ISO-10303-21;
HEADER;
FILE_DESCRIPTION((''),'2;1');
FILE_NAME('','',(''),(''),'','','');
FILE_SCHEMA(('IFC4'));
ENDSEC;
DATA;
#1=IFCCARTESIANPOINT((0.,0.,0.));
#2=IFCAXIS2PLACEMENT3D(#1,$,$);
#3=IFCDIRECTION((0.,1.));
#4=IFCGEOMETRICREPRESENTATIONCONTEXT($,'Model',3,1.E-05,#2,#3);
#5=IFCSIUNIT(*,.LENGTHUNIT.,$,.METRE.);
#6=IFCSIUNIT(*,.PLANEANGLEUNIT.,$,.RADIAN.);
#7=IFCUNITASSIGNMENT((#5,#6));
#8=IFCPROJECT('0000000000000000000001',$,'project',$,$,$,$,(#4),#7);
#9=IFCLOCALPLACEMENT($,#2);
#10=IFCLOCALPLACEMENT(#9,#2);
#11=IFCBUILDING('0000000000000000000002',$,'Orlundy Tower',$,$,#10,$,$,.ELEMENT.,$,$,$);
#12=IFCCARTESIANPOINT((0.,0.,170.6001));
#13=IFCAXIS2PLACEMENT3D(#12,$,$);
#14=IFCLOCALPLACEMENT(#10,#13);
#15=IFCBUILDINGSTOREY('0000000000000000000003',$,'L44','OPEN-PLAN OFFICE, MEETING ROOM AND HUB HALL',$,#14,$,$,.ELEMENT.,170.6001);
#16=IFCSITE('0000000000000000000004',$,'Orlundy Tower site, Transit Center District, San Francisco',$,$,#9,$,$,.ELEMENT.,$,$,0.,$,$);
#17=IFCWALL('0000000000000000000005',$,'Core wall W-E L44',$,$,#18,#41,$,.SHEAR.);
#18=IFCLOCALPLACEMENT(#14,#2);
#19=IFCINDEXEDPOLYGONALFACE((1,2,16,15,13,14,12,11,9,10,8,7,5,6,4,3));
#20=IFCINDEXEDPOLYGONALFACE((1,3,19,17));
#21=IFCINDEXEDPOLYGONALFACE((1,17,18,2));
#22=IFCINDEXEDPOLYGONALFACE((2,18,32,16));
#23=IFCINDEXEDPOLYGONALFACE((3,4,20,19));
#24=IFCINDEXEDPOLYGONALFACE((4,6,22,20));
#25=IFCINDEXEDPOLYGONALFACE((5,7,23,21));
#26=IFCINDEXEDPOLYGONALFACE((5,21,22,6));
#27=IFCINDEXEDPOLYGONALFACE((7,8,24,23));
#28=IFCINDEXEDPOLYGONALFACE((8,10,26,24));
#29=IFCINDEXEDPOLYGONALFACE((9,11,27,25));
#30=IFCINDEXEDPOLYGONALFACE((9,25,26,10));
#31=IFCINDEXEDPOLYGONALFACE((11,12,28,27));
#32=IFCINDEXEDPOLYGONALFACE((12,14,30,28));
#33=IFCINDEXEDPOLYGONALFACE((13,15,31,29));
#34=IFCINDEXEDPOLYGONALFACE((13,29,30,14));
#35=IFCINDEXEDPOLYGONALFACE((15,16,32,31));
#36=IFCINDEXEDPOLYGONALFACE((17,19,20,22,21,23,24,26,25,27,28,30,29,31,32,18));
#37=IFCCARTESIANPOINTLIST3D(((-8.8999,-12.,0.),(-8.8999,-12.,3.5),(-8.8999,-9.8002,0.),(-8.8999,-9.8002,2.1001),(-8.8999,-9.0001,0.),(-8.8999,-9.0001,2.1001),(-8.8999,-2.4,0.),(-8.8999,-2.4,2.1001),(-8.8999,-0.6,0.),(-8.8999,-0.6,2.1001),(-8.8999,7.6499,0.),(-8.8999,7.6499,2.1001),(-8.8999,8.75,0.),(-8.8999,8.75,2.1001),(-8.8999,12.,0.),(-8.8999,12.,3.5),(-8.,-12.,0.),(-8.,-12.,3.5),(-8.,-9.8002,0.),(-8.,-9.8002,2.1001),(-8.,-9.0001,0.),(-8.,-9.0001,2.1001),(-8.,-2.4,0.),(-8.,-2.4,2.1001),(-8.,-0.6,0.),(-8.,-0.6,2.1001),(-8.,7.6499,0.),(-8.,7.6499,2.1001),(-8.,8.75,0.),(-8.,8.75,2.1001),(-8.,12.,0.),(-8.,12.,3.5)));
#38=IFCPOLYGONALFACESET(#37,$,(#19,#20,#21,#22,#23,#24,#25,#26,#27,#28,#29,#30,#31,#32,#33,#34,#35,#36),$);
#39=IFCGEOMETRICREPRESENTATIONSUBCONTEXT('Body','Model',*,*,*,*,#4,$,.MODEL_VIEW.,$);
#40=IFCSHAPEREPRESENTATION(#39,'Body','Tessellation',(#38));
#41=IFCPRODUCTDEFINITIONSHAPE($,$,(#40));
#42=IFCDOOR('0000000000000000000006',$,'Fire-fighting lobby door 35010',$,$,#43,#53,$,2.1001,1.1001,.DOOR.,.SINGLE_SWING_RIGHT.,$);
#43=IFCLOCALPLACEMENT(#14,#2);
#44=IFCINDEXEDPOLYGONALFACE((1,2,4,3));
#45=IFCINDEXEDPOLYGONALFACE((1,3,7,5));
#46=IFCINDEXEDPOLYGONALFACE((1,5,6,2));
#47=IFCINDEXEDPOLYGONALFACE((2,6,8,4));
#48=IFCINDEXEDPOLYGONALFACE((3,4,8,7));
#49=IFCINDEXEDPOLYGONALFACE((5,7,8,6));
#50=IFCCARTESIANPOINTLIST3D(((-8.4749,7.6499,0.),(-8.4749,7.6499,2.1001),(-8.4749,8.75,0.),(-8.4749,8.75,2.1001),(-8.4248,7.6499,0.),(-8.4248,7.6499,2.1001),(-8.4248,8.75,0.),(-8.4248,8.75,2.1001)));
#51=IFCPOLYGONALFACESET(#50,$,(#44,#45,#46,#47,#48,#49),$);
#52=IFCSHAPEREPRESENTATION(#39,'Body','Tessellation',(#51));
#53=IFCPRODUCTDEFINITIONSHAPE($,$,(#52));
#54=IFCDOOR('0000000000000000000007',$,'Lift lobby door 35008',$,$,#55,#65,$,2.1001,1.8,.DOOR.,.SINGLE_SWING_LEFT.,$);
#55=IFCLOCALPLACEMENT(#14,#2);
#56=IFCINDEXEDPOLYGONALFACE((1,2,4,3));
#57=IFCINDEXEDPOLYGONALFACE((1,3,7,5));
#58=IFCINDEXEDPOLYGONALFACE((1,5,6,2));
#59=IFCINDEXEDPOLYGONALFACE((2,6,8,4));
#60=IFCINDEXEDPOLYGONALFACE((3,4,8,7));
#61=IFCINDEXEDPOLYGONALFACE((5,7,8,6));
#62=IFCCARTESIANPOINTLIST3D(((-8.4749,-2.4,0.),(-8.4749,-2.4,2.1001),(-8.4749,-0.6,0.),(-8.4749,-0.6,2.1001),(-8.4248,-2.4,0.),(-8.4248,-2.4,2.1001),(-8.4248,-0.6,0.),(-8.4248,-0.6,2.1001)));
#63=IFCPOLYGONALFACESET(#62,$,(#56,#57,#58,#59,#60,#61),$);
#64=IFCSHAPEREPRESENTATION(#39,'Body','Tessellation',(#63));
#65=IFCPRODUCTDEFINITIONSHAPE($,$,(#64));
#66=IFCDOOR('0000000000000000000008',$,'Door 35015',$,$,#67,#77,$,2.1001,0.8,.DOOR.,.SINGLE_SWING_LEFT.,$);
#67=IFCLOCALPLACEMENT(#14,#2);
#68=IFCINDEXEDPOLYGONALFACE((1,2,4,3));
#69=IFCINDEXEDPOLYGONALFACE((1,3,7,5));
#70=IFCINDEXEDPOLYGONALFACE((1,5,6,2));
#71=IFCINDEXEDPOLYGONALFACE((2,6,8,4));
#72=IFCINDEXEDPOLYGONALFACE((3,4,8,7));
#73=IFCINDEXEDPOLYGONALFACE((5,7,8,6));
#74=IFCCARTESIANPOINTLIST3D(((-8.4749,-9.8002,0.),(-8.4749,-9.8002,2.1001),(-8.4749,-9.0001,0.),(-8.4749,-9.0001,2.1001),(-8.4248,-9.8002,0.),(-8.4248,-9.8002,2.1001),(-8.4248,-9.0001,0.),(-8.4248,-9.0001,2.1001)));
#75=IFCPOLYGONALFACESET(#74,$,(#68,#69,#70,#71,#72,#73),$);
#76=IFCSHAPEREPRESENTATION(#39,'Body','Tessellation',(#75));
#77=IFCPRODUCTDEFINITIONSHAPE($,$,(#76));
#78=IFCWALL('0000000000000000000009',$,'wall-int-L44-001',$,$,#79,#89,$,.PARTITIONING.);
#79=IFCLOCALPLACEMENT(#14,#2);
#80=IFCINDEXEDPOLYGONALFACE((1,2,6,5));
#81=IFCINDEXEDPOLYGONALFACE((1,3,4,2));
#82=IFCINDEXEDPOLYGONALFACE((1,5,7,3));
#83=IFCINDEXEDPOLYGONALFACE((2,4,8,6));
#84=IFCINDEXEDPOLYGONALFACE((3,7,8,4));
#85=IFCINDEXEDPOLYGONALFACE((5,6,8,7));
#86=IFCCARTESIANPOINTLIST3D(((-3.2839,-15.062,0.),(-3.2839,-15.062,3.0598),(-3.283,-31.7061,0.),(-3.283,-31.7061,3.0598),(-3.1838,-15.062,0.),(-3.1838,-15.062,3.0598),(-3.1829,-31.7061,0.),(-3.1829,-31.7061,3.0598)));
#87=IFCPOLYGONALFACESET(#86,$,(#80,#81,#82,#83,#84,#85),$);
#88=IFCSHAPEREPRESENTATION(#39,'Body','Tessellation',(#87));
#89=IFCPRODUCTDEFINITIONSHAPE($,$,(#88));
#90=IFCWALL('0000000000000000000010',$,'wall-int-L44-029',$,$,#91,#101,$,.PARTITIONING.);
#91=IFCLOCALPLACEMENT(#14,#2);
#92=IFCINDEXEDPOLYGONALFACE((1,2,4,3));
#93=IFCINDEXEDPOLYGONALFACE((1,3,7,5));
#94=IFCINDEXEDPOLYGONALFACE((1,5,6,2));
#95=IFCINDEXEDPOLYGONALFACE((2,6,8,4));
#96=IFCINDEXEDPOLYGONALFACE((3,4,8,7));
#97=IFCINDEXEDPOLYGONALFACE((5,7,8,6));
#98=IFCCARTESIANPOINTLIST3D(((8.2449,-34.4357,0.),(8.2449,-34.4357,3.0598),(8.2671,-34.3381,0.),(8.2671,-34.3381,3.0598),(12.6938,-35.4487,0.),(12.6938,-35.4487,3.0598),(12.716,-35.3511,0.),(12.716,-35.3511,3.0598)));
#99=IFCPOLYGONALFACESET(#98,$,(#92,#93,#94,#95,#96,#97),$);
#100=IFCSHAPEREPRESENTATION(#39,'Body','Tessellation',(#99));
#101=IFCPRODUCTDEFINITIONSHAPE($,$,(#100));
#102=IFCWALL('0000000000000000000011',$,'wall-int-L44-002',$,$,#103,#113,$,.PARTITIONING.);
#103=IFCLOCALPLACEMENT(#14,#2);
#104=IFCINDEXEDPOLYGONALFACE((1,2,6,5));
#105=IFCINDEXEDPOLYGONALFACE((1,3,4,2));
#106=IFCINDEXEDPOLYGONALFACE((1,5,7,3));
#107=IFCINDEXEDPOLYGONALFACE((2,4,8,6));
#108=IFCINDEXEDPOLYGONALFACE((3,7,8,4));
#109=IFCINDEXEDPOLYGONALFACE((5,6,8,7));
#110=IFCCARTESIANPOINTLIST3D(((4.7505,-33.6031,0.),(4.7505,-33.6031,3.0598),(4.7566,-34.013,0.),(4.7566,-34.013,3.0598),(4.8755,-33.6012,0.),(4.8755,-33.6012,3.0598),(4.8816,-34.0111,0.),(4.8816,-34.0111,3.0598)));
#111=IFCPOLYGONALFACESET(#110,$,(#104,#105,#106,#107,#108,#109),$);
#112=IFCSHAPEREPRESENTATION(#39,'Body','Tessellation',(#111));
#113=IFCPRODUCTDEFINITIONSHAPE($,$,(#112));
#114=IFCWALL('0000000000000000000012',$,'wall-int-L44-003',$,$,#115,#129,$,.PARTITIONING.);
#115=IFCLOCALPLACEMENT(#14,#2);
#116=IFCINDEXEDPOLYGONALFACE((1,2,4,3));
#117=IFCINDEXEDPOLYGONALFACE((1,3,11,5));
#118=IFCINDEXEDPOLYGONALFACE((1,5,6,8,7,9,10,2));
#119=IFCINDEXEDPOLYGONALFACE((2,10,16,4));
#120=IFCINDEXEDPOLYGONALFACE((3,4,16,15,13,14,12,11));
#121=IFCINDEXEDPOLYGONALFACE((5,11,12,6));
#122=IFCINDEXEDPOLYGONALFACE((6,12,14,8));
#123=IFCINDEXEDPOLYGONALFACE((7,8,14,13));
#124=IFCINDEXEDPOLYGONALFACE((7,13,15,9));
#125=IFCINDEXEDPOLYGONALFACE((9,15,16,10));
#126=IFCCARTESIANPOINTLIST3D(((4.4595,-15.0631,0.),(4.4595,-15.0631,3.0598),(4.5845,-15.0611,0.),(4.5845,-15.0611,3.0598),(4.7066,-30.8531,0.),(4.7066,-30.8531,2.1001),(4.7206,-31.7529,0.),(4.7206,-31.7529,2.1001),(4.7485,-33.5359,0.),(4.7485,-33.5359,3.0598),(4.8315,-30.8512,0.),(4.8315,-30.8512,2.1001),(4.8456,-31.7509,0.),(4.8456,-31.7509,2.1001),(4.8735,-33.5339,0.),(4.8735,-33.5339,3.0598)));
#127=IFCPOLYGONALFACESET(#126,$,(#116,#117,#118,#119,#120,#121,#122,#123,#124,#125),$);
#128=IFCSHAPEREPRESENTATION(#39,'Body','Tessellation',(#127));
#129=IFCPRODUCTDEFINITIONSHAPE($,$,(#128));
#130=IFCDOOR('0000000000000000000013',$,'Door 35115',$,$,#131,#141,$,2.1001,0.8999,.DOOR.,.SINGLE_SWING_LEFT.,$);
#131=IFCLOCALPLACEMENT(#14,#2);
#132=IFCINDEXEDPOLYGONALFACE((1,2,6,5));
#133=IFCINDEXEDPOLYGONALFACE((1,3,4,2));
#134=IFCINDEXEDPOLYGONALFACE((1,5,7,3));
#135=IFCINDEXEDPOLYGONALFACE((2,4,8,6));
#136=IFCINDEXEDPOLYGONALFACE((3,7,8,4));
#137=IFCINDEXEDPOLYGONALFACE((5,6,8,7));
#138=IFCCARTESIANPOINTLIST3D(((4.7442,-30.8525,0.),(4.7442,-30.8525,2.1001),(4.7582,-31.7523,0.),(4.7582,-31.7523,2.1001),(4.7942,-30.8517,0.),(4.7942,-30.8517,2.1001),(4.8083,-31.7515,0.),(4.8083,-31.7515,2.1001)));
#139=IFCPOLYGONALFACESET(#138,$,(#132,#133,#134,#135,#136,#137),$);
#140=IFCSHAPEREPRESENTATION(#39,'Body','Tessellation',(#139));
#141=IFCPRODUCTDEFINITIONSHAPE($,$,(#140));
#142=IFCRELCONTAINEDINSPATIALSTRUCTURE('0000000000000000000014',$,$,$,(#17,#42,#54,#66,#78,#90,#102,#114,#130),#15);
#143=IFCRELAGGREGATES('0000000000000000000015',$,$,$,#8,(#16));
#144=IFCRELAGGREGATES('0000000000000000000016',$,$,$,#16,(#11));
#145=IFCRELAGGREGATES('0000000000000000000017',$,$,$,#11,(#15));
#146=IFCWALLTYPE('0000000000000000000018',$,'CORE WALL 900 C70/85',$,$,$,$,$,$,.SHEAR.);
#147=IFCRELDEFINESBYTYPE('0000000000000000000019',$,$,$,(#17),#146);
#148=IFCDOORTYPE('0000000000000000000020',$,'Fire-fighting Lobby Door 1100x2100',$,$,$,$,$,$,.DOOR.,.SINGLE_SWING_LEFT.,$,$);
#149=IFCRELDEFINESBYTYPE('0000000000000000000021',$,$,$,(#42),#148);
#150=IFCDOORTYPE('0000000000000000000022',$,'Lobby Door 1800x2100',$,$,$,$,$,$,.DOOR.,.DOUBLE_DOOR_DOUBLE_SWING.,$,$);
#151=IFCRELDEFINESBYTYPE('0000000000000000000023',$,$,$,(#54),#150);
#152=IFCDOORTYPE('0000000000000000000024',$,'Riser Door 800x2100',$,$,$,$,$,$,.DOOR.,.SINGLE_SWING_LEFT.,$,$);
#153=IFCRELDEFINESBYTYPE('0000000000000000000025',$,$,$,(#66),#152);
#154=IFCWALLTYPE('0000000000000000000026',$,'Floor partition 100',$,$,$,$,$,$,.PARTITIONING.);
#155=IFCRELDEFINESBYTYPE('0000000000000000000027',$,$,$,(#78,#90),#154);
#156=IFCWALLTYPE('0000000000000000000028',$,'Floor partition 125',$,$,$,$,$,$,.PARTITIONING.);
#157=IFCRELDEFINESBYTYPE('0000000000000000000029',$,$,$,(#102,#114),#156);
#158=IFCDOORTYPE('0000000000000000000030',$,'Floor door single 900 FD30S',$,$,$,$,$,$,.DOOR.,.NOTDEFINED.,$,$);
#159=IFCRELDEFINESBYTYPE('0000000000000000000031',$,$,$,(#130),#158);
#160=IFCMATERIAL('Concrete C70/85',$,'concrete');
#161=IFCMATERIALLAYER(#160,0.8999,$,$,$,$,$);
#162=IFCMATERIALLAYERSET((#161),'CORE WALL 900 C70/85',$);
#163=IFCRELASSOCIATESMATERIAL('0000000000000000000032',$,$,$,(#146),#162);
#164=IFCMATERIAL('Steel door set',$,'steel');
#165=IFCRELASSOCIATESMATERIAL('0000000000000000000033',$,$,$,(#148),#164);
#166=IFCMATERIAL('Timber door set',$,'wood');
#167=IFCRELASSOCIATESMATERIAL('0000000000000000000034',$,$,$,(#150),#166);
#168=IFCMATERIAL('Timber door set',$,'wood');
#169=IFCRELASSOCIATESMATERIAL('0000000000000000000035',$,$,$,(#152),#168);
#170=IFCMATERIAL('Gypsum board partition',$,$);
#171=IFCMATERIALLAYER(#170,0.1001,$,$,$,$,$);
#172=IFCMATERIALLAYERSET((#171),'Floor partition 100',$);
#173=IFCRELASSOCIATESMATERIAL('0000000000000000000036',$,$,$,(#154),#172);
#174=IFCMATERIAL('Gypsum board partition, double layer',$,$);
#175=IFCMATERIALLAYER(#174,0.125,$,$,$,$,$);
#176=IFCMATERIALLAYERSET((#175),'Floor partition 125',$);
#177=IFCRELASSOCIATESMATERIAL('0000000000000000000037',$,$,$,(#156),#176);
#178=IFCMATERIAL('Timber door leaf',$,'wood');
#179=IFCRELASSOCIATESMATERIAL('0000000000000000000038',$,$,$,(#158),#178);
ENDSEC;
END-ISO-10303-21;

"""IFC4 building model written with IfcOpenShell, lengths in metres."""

from ifc_helpers import new_model, si_unit, direction, frame, frame_2d, origin, place, context, subcontext, project, spatial, rectangle, extrude, material, layer, layer_set, type_object, element, fill, save


model = new_model("IFC4")

# Units and contexts
model_context = context("Model", 3, precision=1e-05, world=origin(), true_north=direction((0.0, 1.0)))
body_context = subcontext(model_context, "Body", "Model", "MODEL_VIEW")
ifc_project = project(units=[si_unit("LENGTHUNIT", "METRE"), si_unit("PLANEANGLEUNIT", "RADIAN")], contexts=[model_context])

# Site, building, storey
site_placement = place(None, origin())
site = spatial("IfcSite", under=ifc_project, at=site_placement, Name="Orlundy Tower site, Transit Center District, San Francisco", CompositionType="ELEMENT", RefElevation=0.0)
building_placement = place(site_placement, origin())
building = spatial("IfcBuilding", under=site, at=building_placement, Name="Orlundy Tower", CompositionType="ELEMENT")
storey_placement = place(building_placement, frame((0.0, 0.0, 170.6001)))
storey = spatial("IfcBuildingStorey", under=building, at=storey_placement, Name="L44", Description="OPEN-PLAN OFFICE, MEETING ROOM AND HUB HALL", CompositionType="ELEMENT", Elevation=170.6001)

# Wall, openings, doors
ifc_material_1 = material(Name="Concrete C70/85", Category="concrete")
ifc_layer_1 = layer(ifc_material_1, 0.8999)
ifc_layer_set_1 = layer_set([ifc_layer_1], Name="CORE WALL 900 C70/85")
wall_type_1 = type_object("IfcWallType", Name="CORE WALL 900 C70/85", PredefinedType="SHEAR", material=ifc_layer_set_1)
wall_1_placement = place(storey_placement, frame((-8.45, -12.0, 0.0), z_axis=(0.0, 0.0, 1.0), x_axis=(0.0, 1.0, 0.0)))
wall_1 = element("IfcWall", 1, at=wall_1_placement, inside=storey, type_object=wall_type_1, Name="Core wall W-E L44", PredefinedType="SHEAR", context=body_context, shape_type="SweptSolid", body=[
    extrude(rectangle(XDim=24.0, YDim=0.8999, at=frame_2d((12.0, 0.0))), origin(), (0.0, 0.0, 1.0), 3.5),
])
opening_1_placement = place(wall_1_placement, frame((9.6001, 0.0, 0.0)))
opening_1 = element("IfcOpeningElement", 2, at=opening_1_placement, cuts=wall_1, PredefinedType="OPENING", context=body_context, shape_type="SweptSolid", body=[
    extrude(rectangle(XDim=1.8, YDim=2.1001, at=frame_2d((0.8999, 1.05))), frame((0.0, 0.46, 0.0), z_axis=(0.0, -1.0, 0.0), x_axis=(1.0, 0.0, 0.0)), (0.0, 0.0, 1.0), 0.9199),
])
opening_2_placement = place(wall_1_placement, frame((19.6499, 0.0, 0.0)))
opening_2 = element("IfcOpeningElement", 3, at=opening_2_placement, cuts=wall_1, PredefinedType="OPENING", context=body_context, shape_type="SweptSolid", body=[
    extrude(rectangle(XDim=1.1001, YDim=2.1001, at=frame_2d((0.55, 1.05))), frame((0.0, 0.46, 0.0), z_axis=(0.0, -1.0, 0.0), x_axis=(1.0, 0.0, 0.0)), (0.0, 0.0, 1.0), 0.9199),
])
opening_3_placement = place(wall_1_placement, frame((2.2, 0.0, 0.0)))
opening_3 = element("IfcOpeningElement", 4, at=opening_3_placement, cuts=wall_1, PredefinedType="OPENING", context=body_context, shape_type="SweptSolid", body=[
    extrude(rectangle(XDim=0.8, YDim=2.1001, at=frame_2d((0.3999, 1.05))), frame((0.0, 0.46, 0.0), z_axis=(0.0, -1.0, 0.0), x_axis=(1.0, 0.0, 0.0)), (0.0, 0.0, 1.0), 0.9199),
])
ifc_material_2 = material(Name="Steel door set", Category="steel")
door_type_1 = type_object("IfcDoorType", Name="Fire-fighting Lobby Door 1100x2100", OperationType="SINGLE_SWING_LEFT", PredefinedType="DOOR", material=ifc_material_2)
door_1_placement = place(opening_2_placement, origin())
door_1 = element("IfcDoor", 5, at=door_1_placement, inside=storey, type_object=door_type_1, Name="Fire-fighting lobby door 35010", OperationType="SINGLE_SWING_RIGHT", OverallHeight=2.1001, OverallWidth=1.1001, PredefinedType="DOOR", context=body_context, shape_type="SweptSolid", body=[
    extrude(rectangle(XDim=1.1001, YDim=2.1001, at=frame_2d((0.55, 1.05))), frame((0.0, 0.0249, 0.0), z_axis=(0.0, -1.0, 0.0), x_axis=(1.0, 0.0, 0.0)), (0.0, 0.0, 1.0), 0.05),
])
fill(opening_2, door_1)
ifc_material_3 = material(Name="Timber door set", Category="wood")
door_type_2 = type_object("IfcDoorType", Name="Lobby Door 1800x2100", OperationType="DOUBLE_DOOR_DOUBLE_SWING", PredefinedType="DOOR", material=ifc_material_3)
door_2_placement = place(opening_1_placement, origin())
door_2 = element("IfcDoor", 6, at=door_2_placement, inside=storey, type_object=door_type_2, Name="Lift lobby door 35008", OperationType="SINGLE_SWING_LEFT", OverallHeight=2.1001, OverallWidth=1.8, PredefinedType="DOOR", context=body_context, shape_type="SweptSolid", body=[
    extrude(rectangle(XDim=1.8, YDim=2.1001, at=frame_2d((0.8999, 1.05))), frame((0.0, 0.0249, 0.0), z_axis=(0.0, -1.0, 0.0), x_axis=(1.0, 0.0, 0.0)), (0.0, 0.0, 1.0), 0.05),
])
fill(opening_1, door_2)
ifc_material_4 = material(Name="Timber door set", Category="wood")
door_type_3 = type_object("IfcDoorType", Name="Riser Door 800x2100", OperationType="SINGLE_SWING_LEFT", PredefinedType="DOOR", material=ifc_material_4)
door_3_placement = place(opening_3_placement, origin())
door_3 = element("IfcDoor", 7, at=door_3_placement, inside=storey, type_object=door_type_3, Name="Door 35015", OperationType="SINGLE_SWING_LEFT", OverallHeight=2.1001, OverallWidth=0.8, PredefinedType="DOOR", context=body_context, shape_type="SweptSolid", body=[
    extrude(rectangle(XDim=0.8, YDim=2.1001, at=frame_2d((0.3999, 1.05))), frame((0.0, 0.0249, 0.0), z_axis=(0.0, -1.0, 0.0), x_axis=(1.0, 0.0, 0.0)), (0.0, 0.0, 1.0), 0.05),
])
fill(opening_3, door_3)

# Walls
ifc_material_5 = material(Name="Gypsum board partition")
ifc_layer_2 = layer(ifc_material_5, 0.1001)
ifc_layer_set_2 = layer_set([ifc_layer_2], Name="Floor partition 100")
wall_type_2 = type_object("IfcWallType", Name="Floor partition 100", PredefinedType="PARTITIONING", material=ifc_layer_set_2)
wall_2_placement = place(storey_placement, frame((-3.2339, -15.062, 0.0), z_axis=(0.0, 0.0, 1.0), x_axis=(0.000059, -1.0, 0.0)))
element("IfcWall", 8, at=wall_2_placement, inside=storey, type_object=wall_type_2, Name="wall-int-L44-001", PredefinedType="PARTITIONING", context=body_context, shape_type="SweptSolid", body=[
    extrude(rectangle(XDim=16.644, YDim=0.1001, at=frame_2d((8.322, 0.0))), origin(), (0.0, 0.0, 1.0), 3.0598),
])
wall_3_placement = place(storey_placement, frame((8.2561, -34.387, 0.0), z_axis=(0.0, 0.0, 1.0), x_axis=(0.975047, -0.221998, 0.0)))
element("IfcWall", 9, at=wall_3_placement, inside=storey, type_object=wall_type_2, Name="wall-int-L44-029", PredefinedType="PARTITIONING", context=body_context, shape_type="SweptSolid", body=[
    extrude(rectangle(XDim=4.5627, YDim=0.1001, at=frame_2d((2.2812, 0.0))), origin(), (0.0, 0.0, 1.0), 3.0598),
])
ifc_material_6 = material(Name="Gypsum board partition, double layer")
ifc_layer_3 = layer(ifc_material_6, 0.125)
ifc_layer_set_3 = layer_set([ifc_layer_3], Name="Floor partition 125")
wall_type_3 = type_object("IfcWallType", Name="Floor partition 125", PredefinedType="PARTITIONING", material=ifc_layer_set_3)
wall_4_placement = place(storey_placement, frame((4.813, -33.6021, 0.0), z_axis=(0.0, 0.0, 1.0), x_axis=(0.014888, -0.999889, 0.0)))
element("IfcWall", 10, at=wall_4_placement, inside=storey, type_object=wall_type_3, Name="wall-int-L44-002", PredefinedType="PARTITIONING", context=body_context, shape_type="SweptSolid", body=[
    extrude(rectangle(XDim=0.4099, YDim=0.125, at=frame_2d((0.2051, 0.0))), origin(), (0.0, 0.0, 1.0), 3.0598),
])

# Wall, opening, door
wall_5_placement = place(storey_placement, frame((4.811, -33.5349, 0.0), z_axis=(0.0, 0.0, 1.0), x_axis=(-0.015646, 0.999878, 0.0)))
wall_5 = element("IfcWall", 11, at=wall_5_placement, inside=storey, type_object=wall_type_3, Name="wall-int-L44-003", PredefinedType="PARTITIONING", context=body_context, shape_type="SweptSolid", body=[
    extrude(rectangle(XDim=18.4751, YDim=0.125, at=frame_2d((9.2375, 0.0))), origin(), (0.0, 0.0, 1.0), 3.0598),
])
opening_4_placement = place(wall_5_placement, frame((1.7832, 0.0, 0.0)))
opening_4 = element("IfcOpeningElement", 12, at=opening_4_placement, cuts=wall_5, PredefinedType="OPENING", context=body_context, shape_type="SweptSolid", body=[
    extrude(rectangle(XDim=0.8999, YDim=2.1001, at=frame_2d((0.45, 1.05))), frame((0.0, 0.0725, 0.0), z_axis=(0.0, -1.0, 0.0), x_axis=(1.0, 0.0, 0.0)), (0.0, 0.0, 1.0), 0.145),
])
ifc_material_7 = material(Name="Timber door leaf", Category="wood")
door_type_4 = type_object("IfcDoorType", Name="Floor door single 900 FD30S", OperationType="NOTDEFINED", PredefinedType="DOOR", material=ifc_material_7)
door_4_placement = place(opening_4_placement, origin())
door_4 = element("IfcDoor", 13, at=door_4_placement, inside=storey, type_object=door_type_4, Name="Door 35115", OperationType="SINGLE_SWING_LEFT", OverallHeight=2.1001, OverallWidth=0.8999, PredefinedType="DOOR", context=body_context, shape_type="SweptSolid", body=[
    extrude(rectangle(XDim=0.8999, YDim=2.1001, at=frame_2d((0.45, 1.05))), frame((0.0, 0.0249, 0.0), z_axis=(0.0, -1.0, 0.0), x_axis=(1.0, 0.0, 0.0)), (0.0, 0.0, 1.0), 0.05),
])
fill(opening_4, door_4)

save(model, "model.ifc")
